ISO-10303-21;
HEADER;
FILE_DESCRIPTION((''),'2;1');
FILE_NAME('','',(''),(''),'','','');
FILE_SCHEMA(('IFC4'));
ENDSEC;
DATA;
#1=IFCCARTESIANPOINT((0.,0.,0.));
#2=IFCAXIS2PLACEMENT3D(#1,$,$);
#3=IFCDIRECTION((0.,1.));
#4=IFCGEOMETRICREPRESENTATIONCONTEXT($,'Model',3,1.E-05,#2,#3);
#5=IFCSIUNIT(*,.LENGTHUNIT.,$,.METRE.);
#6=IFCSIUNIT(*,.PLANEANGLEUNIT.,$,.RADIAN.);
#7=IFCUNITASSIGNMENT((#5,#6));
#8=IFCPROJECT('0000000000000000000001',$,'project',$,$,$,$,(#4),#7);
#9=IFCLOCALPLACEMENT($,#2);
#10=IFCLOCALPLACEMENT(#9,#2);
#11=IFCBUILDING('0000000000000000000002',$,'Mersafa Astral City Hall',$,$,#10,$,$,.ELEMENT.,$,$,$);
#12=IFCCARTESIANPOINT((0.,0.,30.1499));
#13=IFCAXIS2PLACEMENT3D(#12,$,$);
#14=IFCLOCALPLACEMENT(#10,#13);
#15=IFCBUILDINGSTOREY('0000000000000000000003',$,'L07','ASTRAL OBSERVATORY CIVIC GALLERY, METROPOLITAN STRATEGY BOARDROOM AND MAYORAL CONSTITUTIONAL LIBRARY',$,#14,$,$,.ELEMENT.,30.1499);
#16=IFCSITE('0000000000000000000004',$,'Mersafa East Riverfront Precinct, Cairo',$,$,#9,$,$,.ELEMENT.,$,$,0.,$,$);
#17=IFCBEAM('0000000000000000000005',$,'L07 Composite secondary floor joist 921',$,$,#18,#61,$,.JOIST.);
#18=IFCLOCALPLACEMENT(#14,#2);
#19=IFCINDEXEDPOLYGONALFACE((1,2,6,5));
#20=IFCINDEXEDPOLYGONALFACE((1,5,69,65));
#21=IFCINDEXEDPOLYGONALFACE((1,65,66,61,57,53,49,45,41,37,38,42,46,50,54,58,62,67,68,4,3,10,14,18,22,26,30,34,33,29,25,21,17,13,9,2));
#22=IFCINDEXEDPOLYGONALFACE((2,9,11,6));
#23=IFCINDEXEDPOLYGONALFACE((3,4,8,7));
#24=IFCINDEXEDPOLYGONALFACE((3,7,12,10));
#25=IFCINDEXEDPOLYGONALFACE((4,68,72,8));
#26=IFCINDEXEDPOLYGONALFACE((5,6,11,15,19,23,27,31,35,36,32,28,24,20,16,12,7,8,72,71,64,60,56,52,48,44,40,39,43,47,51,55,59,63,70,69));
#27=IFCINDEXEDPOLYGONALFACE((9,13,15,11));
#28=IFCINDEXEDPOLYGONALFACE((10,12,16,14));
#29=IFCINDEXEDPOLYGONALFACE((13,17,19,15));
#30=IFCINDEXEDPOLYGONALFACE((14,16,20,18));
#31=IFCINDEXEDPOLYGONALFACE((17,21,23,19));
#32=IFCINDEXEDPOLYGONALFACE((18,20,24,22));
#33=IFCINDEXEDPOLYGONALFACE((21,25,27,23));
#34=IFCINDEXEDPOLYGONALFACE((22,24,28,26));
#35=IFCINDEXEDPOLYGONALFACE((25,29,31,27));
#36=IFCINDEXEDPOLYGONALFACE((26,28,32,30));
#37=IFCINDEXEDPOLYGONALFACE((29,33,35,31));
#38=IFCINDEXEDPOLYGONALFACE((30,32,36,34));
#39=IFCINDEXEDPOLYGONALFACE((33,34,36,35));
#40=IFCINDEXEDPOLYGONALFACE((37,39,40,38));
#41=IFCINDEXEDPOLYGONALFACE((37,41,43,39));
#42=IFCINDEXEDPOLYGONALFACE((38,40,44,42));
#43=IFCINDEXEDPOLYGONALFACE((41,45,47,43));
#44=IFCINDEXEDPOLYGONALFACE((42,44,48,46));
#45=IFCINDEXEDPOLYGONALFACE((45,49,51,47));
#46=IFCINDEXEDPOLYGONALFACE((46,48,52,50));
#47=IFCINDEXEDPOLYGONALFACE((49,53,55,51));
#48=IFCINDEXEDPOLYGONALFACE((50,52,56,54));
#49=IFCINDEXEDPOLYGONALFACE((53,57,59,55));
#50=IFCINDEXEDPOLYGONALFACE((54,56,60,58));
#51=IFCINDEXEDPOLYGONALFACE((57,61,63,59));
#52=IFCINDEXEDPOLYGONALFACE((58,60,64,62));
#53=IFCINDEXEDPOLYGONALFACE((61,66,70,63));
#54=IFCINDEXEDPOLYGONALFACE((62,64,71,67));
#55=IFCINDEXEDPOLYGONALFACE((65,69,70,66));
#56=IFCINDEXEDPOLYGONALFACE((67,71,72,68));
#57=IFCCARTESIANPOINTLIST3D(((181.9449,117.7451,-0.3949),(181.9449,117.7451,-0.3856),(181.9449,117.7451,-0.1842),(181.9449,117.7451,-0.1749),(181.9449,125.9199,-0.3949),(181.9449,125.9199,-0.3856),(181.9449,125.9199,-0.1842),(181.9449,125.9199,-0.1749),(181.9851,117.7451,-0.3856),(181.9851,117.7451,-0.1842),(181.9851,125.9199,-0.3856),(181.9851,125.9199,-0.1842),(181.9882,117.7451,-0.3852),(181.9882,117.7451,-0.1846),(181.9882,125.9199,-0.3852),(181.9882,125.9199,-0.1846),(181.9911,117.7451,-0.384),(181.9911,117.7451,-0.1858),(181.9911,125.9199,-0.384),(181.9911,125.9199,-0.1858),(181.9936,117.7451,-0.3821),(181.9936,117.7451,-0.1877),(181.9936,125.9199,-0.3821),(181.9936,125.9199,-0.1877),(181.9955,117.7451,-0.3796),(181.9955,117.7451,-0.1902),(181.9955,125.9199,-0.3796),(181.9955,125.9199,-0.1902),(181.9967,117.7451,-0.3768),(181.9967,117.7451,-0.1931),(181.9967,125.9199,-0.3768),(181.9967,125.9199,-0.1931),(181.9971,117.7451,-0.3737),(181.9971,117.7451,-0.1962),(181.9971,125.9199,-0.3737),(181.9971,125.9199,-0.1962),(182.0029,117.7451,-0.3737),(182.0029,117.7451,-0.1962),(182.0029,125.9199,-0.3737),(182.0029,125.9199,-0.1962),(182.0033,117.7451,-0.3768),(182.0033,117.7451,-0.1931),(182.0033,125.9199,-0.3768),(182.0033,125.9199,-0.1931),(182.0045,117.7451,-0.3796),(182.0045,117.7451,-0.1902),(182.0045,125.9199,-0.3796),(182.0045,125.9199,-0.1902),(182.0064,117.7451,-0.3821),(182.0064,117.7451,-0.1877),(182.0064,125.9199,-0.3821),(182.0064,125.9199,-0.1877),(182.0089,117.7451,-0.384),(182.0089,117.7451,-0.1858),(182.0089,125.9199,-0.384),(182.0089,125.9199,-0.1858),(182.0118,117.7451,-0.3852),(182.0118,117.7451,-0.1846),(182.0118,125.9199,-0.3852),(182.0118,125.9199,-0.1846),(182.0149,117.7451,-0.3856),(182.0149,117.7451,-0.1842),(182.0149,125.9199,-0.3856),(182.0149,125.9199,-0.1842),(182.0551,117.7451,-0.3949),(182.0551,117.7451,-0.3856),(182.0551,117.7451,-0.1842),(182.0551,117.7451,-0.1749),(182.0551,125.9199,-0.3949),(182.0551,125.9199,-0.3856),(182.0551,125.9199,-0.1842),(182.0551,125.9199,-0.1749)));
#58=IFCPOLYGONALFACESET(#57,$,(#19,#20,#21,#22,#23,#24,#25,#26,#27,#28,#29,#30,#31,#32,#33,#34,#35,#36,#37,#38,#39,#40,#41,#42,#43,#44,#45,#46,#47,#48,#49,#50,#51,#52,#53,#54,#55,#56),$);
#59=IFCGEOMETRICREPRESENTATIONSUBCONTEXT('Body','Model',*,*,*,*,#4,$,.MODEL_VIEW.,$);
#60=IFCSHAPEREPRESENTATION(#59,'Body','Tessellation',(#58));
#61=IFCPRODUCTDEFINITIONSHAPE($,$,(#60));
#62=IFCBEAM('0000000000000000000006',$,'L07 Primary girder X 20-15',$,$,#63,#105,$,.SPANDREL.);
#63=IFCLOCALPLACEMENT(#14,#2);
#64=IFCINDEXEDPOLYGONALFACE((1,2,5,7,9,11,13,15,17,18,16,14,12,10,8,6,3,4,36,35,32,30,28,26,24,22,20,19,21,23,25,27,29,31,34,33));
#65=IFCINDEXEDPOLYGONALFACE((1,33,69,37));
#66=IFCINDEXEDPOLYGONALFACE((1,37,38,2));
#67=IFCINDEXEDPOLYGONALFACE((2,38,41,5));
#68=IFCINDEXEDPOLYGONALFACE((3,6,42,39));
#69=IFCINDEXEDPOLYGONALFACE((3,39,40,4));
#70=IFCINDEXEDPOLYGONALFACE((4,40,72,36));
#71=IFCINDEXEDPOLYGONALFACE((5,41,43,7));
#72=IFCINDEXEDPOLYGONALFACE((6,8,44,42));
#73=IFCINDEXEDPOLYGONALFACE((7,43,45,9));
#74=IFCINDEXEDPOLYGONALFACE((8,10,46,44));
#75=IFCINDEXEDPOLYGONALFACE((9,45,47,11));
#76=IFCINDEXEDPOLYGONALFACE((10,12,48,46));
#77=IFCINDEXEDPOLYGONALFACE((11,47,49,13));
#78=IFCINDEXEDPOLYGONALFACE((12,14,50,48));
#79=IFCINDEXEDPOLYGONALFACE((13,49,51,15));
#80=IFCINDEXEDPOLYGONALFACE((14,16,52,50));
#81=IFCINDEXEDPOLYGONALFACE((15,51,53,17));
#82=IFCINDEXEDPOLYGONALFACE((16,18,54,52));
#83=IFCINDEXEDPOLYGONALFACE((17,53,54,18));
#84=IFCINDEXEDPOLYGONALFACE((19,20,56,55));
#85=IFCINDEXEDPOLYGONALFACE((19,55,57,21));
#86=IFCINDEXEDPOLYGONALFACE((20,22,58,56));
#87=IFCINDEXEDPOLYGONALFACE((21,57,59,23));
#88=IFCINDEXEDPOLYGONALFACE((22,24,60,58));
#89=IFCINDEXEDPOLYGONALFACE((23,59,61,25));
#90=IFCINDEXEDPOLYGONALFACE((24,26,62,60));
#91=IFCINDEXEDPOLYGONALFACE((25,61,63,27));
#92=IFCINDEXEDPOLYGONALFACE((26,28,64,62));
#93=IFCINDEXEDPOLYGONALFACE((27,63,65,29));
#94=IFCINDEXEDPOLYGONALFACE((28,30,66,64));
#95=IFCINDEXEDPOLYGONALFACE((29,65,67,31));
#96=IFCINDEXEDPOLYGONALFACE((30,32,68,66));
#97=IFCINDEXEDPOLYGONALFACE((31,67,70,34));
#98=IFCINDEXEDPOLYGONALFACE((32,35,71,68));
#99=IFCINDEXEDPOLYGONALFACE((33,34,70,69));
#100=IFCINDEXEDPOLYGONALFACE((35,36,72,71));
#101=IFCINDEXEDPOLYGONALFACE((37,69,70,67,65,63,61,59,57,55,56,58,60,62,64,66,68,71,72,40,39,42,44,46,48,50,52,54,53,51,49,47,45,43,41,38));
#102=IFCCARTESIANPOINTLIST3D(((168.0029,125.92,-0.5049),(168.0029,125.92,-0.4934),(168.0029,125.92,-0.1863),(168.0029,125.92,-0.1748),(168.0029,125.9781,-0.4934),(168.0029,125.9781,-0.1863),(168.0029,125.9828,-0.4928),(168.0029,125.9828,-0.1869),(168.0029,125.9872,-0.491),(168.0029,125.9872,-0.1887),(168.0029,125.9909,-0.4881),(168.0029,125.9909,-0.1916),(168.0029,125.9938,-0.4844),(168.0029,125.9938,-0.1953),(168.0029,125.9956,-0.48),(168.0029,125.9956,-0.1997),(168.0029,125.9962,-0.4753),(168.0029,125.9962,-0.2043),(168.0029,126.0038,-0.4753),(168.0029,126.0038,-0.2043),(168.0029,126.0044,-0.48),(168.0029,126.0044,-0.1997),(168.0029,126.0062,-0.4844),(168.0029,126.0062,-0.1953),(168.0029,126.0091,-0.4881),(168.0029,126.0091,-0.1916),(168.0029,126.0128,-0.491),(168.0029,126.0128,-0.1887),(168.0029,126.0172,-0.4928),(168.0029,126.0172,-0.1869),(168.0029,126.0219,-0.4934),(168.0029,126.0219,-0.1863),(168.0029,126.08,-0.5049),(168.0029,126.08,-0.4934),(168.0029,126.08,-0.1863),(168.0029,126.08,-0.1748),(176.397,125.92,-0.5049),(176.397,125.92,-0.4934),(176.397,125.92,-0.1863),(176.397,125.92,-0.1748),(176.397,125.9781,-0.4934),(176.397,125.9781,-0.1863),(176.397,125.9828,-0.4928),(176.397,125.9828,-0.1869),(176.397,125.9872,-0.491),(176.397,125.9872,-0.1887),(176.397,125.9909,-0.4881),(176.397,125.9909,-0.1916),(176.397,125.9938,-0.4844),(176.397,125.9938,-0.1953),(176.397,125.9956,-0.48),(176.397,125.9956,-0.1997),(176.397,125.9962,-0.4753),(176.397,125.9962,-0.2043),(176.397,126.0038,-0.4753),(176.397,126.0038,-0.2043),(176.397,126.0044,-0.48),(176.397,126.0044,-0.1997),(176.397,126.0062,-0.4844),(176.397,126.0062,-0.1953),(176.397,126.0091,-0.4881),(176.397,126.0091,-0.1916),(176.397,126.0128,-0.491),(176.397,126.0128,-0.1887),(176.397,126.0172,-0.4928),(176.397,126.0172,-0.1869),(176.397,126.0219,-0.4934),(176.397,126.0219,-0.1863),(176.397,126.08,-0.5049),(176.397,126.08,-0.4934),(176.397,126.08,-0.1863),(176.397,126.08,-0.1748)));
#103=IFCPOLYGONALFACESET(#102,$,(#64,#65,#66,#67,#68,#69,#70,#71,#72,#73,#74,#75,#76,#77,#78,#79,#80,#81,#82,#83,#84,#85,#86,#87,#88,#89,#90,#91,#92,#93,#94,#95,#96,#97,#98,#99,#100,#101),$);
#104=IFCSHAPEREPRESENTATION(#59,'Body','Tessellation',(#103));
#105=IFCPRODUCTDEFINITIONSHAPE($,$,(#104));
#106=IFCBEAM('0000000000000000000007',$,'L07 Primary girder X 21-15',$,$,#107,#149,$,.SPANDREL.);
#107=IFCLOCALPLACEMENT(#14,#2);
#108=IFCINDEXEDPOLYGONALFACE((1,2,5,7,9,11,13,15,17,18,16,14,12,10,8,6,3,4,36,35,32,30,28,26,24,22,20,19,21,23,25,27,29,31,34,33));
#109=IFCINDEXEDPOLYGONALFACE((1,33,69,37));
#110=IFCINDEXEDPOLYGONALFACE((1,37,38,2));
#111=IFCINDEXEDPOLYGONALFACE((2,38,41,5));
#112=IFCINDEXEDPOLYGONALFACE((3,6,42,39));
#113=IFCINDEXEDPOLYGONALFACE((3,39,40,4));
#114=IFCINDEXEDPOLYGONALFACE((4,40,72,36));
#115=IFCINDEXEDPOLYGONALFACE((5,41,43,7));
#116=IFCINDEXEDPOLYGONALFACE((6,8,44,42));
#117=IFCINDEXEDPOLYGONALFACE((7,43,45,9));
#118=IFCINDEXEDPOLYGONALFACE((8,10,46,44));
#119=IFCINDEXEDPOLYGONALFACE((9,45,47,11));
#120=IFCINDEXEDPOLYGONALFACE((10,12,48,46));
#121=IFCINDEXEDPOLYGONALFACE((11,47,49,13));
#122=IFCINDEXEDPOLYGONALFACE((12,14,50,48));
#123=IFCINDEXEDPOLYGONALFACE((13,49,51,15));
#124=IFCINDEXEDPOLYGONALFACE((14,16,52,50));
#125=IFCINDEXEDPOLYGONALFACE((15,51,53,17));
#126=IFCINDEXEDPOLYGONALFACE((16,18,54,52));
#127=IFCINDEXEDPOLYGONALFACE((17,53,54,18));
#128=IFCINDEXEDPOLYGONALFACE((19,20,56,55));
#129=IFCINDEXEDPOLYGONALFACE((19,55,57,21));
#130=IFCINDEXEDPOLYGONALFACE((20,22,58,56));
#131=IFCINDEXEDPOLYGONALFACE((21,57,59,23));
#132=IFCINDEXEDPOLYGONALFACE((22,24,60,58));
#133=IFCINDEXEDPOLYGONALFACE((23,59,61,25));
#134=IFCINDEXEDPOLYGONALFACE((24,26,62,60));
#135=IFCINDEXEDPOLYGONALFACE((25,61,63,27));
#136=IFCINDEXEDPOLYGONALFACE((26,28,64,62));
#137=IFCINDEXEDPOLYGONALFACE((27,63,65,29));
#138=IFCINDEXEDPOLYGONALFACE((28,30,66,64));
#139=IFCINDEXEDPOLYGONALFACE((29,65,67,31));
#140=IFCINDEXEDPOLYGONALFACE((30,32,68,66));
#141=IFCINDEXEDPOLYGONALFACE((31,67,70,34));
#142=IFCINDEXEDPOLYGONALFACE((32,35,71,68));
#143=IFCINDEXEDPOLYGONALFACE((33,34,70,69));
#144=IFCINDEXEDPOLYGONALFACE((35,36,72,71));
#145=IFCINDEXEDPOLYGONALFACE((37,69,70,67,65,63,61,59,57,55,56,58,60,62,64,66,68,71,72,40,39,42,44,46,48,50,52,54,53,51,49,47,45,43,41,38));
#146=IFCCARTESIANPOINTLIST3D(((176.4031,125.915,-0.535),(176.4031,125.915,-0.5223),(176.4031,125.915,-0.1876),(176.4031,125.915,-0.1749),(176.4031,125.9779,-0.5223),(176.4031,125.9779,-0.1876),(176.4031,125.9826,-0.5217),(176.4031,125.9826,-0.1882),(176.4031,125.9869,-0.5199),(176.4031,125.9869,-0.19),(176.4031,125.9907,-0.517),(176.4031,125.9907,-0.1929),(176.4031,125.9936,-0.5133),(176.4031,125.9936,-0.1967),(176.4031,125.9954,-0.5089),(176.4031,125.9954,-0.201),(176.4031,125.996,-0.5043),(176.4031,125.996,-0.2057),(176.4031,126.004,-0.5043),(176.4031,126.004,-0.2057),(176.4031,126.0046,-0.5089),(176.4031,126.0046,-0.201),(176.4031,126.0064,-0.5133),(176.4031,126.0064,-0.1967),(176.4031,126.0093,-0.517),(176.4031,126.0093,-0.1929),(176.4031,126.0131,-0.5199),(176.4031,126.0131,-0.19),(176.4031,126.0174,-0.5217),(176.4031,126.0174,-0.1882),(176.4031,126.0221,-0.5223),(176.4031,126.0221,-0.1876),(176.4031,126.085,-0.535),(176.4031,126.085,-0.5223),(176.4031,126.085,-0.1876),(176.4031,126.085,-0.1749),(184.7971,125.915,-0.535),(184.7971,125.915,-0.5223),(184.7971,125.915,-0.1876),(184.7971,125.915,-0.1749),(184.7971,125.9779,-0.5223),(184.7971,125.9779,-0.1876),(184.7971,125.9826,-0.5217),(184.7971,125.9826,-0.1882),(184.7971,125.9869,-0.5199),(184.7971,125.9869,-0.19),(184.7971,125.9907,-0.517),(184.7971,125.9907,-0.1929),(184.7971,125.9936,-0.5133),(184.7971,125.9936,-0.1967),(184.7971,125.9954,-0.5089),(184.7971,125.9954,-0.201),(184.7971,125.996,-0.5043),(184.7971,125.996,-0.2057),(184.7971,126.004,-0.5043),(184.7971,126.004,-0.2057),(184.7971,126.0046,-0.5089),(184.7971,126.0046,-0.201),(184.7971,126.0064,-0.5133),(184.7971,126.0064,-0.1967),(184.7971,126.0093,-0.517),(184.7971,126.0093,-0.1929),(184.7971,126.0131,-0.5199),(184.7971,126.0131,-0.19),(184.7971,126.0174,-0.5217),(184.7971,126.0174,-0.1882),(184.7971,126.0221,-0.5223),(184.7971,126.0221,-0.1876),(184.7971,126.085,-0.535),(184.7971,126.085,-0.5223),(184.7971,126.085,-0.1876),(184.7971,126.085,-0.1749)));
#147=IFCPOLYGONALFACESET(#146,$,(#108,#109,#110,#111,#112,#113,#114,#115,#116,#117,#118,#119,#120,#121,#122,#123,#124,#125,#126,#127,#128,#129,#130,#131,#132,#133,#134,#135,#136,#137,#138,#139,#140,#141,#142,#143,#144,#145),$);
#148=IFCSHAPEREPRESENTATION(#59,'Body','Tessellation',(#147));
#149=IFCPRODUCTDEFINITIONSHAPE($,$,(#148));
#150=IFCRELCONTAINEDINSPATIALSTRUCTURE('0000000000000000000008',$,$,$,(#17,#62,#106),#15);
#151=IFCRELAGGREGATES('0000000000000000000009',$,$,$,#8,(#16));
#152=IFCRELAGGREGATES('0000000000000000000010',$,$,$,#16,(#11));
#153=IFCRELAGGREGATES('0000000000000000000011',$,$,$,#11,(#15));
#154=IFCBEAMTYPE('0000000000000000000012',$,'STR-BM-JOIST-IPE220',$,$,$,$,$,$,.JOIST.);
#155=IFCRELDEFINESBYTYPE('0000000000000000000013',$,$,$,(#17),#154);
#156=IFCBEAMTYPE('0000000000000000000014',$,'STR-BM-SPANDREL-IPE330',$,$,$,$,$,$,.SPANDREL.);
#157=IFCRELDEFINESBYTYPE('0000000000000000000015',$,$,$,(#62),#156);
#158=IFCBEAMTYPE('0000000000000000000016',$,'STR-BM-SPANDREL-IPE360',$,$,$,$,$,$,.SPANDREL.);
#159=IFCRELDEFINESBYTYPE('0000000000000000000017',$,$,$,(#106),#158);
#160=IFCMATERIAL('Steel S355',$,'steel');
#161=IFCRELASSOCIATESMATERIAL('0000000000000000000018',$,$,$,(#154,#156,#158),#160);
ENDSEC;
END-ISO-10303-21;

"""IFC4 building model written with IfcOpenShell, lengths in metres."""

from ifc_helpers import new_model, si_unit, direction, frame, origin, origin_2d, place, context, subcontext, project, spatial, i_section, extrude, material, material_profile, profile_set, type_object, element, save


model = new_model("IFC4")

# Units and contexts
model_context = context("Model", 3, precision=1e-05, world=origin(), true_north=direction((0.0, 1.0)))
body_context = subcontext(model_context, "Body", "Model", "MODEL_VIEW")
ifc_project = project(units=[si_unit("LENGTHUNIT", "METRE"), si_unit("PLANEANGLEUNIT", "RADIAN")], contexts=[model_context])

# Site, building, storey
site_placement = place(None, origin())
site = spatial("IfcSite", under=ifc_project, at=site_placement, Name="Mersafa East Riverfront Precinct, Cairo", CompositionType="ELEMENT", RefElevation=0.0)
building_placement = place(site_placement, origin())
building = spatial("IfcBuilding", under=site, at=building_placement, Name="Mersafa Astral City Hall", CompositionType="ELEMENT")
storey_placement = place(building_placement, frame((0.0, 0.0, 30.1499)))
storey = spatial("IfcBuildingStorey", under=building, at=storey_placement, Name="L07", Description="ASTRAL OBSERVATORY CIVIC GALLERY, METROPOLITAN STRATEGY BOARDROOM AND MAYORAL CONSTITUTIONAL LIBRARY", CompositionType="ELEMENT", Elevation=30.1499)

# Shared definitions
ifc_material_1 = material(Name="Steel S355", Category="steel")

# Beams
ifc_material_profile_1 = material_profile(ifc_material_1, i_section(OverallWidth=0.1101, OverallDepth=0.22, WebThickness=0.0059, FlangeThickness=0.0093, FilletRadius=0.012, at=origin_2d()), Name="IPE 220")
ifc_profile_set_1 = profile_set([ifc_material_profile_1], Name="Steel S355")
beam_type_1 = type_object("IfcBeamType", Name="STR-BM-JOIST-IPE220", PredefinedType="JOIST", material=ifc_profile_set_1)
beam_1_placement = place(storey_placement, frame((182.0, 117.7451, -0.2849), z_axis=(0.0, 1.0, 0.0), x_axis=(-1.0, 0.0, 0.0)))
element("IfcBeam", 1, at=beam_1_placement, inside=storey, type_object=beam_type_1, Name="L07 Composite secondary floor joist 921", PredefinedType="JOIST", context=body_context, shape_type="SweptSolid", body=[
    extrude(i_section(OverallWidth=0.1101, OverallDepth=0.22, WebThickness=0.0059, FlangeThickness=0.0093, FilletRadius=0.012, at=origin_2d()), origin(), (0.0, 0.0, 1.0), 8.1748),
])
ifc_material_profile_2 = material_profile(ifc_material_1, i_section(OverallWidth=0.1599, OverallDepth=0.3301, WebThickness=0.0076, FlangeThickness=0.0115, FilletRadius=0.0181, at=origin_2d()), Name="IPE 330")
ifc_profile_set_2 = profile_set([ifc_material_profile_2], Name="Steel S355")
beam_type_2 = type_object("IfcBeamType", Name="STR-BM-SPANDREL-IPE330", PredefinedType="SPANDREL", material=ifc_profile_set_2)
beam_2_placement = place(storey_placement, frame((168.0029, 126.0, -0.3398), z_axis=(1.0, 0.0, 0.0), x_axis=(0.0, 1.0, 0.0)))
element("IfcBeam", 2, at=beam_2_placement, inside=storey, type_object=beam_type_2, Name="L07 Primary girder X 20-15", PredefinedType="SPANDREL", context=body_context, shape_type="SweptSolid", body=[
    extrude(i_section(OverallWidth=0.1599, OverallDepth=0.3301, WebThickness=0.0076, FlangeThickness=0.0115, FilletRadius=0.0181, at=origin_2d()), origin(), (0.0, 0.0, 1.0), 8.394),
])
ifc_material_profile_3 = material_profile(ifc_material_1, i_section(OverallWidth=0.1699, OverallDepth=0.3601, WebThickness=0.0081, FlangeThickness=0.0127, FilletRadius=0.0181, at=origin_2d()), Name="IPE 360")
ifc_profile_set_3 = profile_set([ifc_material_profile_3], Name="Steel S355")
beam_type_3 = type_object("IfcBeamType", Name="STR-BM-SPANDREL-IPE360", PredefinedType="SPANDREL", material=ifc_profile_set_3)
beam_3_placement = place(storey_placement, frame((176.4031, 126.0, -0.355), z_axis=(1.0, 0.0, 0.0), x_axis=(0.0, 1.0, 0.0)))
element("IfcBeam", 3, at=beam_3_placement, inside=storey, type_object=beam_type_3, Name="L07 Primary girder X 21-15", PredefinedType="SPANDREL", context=body_context, shape_type="SweptSolid", body=[
    extrude(i_section(OverallWidth=0.1699, OverallDepth=0.3601, WebThickness=0.0081, FlangeThickness=0.0127, FilletRadius=0.0181, at=origin_2d()), origin(), (0.0, 0.0, 1.0), 8.394),
])

save(model, "model.ifc")
